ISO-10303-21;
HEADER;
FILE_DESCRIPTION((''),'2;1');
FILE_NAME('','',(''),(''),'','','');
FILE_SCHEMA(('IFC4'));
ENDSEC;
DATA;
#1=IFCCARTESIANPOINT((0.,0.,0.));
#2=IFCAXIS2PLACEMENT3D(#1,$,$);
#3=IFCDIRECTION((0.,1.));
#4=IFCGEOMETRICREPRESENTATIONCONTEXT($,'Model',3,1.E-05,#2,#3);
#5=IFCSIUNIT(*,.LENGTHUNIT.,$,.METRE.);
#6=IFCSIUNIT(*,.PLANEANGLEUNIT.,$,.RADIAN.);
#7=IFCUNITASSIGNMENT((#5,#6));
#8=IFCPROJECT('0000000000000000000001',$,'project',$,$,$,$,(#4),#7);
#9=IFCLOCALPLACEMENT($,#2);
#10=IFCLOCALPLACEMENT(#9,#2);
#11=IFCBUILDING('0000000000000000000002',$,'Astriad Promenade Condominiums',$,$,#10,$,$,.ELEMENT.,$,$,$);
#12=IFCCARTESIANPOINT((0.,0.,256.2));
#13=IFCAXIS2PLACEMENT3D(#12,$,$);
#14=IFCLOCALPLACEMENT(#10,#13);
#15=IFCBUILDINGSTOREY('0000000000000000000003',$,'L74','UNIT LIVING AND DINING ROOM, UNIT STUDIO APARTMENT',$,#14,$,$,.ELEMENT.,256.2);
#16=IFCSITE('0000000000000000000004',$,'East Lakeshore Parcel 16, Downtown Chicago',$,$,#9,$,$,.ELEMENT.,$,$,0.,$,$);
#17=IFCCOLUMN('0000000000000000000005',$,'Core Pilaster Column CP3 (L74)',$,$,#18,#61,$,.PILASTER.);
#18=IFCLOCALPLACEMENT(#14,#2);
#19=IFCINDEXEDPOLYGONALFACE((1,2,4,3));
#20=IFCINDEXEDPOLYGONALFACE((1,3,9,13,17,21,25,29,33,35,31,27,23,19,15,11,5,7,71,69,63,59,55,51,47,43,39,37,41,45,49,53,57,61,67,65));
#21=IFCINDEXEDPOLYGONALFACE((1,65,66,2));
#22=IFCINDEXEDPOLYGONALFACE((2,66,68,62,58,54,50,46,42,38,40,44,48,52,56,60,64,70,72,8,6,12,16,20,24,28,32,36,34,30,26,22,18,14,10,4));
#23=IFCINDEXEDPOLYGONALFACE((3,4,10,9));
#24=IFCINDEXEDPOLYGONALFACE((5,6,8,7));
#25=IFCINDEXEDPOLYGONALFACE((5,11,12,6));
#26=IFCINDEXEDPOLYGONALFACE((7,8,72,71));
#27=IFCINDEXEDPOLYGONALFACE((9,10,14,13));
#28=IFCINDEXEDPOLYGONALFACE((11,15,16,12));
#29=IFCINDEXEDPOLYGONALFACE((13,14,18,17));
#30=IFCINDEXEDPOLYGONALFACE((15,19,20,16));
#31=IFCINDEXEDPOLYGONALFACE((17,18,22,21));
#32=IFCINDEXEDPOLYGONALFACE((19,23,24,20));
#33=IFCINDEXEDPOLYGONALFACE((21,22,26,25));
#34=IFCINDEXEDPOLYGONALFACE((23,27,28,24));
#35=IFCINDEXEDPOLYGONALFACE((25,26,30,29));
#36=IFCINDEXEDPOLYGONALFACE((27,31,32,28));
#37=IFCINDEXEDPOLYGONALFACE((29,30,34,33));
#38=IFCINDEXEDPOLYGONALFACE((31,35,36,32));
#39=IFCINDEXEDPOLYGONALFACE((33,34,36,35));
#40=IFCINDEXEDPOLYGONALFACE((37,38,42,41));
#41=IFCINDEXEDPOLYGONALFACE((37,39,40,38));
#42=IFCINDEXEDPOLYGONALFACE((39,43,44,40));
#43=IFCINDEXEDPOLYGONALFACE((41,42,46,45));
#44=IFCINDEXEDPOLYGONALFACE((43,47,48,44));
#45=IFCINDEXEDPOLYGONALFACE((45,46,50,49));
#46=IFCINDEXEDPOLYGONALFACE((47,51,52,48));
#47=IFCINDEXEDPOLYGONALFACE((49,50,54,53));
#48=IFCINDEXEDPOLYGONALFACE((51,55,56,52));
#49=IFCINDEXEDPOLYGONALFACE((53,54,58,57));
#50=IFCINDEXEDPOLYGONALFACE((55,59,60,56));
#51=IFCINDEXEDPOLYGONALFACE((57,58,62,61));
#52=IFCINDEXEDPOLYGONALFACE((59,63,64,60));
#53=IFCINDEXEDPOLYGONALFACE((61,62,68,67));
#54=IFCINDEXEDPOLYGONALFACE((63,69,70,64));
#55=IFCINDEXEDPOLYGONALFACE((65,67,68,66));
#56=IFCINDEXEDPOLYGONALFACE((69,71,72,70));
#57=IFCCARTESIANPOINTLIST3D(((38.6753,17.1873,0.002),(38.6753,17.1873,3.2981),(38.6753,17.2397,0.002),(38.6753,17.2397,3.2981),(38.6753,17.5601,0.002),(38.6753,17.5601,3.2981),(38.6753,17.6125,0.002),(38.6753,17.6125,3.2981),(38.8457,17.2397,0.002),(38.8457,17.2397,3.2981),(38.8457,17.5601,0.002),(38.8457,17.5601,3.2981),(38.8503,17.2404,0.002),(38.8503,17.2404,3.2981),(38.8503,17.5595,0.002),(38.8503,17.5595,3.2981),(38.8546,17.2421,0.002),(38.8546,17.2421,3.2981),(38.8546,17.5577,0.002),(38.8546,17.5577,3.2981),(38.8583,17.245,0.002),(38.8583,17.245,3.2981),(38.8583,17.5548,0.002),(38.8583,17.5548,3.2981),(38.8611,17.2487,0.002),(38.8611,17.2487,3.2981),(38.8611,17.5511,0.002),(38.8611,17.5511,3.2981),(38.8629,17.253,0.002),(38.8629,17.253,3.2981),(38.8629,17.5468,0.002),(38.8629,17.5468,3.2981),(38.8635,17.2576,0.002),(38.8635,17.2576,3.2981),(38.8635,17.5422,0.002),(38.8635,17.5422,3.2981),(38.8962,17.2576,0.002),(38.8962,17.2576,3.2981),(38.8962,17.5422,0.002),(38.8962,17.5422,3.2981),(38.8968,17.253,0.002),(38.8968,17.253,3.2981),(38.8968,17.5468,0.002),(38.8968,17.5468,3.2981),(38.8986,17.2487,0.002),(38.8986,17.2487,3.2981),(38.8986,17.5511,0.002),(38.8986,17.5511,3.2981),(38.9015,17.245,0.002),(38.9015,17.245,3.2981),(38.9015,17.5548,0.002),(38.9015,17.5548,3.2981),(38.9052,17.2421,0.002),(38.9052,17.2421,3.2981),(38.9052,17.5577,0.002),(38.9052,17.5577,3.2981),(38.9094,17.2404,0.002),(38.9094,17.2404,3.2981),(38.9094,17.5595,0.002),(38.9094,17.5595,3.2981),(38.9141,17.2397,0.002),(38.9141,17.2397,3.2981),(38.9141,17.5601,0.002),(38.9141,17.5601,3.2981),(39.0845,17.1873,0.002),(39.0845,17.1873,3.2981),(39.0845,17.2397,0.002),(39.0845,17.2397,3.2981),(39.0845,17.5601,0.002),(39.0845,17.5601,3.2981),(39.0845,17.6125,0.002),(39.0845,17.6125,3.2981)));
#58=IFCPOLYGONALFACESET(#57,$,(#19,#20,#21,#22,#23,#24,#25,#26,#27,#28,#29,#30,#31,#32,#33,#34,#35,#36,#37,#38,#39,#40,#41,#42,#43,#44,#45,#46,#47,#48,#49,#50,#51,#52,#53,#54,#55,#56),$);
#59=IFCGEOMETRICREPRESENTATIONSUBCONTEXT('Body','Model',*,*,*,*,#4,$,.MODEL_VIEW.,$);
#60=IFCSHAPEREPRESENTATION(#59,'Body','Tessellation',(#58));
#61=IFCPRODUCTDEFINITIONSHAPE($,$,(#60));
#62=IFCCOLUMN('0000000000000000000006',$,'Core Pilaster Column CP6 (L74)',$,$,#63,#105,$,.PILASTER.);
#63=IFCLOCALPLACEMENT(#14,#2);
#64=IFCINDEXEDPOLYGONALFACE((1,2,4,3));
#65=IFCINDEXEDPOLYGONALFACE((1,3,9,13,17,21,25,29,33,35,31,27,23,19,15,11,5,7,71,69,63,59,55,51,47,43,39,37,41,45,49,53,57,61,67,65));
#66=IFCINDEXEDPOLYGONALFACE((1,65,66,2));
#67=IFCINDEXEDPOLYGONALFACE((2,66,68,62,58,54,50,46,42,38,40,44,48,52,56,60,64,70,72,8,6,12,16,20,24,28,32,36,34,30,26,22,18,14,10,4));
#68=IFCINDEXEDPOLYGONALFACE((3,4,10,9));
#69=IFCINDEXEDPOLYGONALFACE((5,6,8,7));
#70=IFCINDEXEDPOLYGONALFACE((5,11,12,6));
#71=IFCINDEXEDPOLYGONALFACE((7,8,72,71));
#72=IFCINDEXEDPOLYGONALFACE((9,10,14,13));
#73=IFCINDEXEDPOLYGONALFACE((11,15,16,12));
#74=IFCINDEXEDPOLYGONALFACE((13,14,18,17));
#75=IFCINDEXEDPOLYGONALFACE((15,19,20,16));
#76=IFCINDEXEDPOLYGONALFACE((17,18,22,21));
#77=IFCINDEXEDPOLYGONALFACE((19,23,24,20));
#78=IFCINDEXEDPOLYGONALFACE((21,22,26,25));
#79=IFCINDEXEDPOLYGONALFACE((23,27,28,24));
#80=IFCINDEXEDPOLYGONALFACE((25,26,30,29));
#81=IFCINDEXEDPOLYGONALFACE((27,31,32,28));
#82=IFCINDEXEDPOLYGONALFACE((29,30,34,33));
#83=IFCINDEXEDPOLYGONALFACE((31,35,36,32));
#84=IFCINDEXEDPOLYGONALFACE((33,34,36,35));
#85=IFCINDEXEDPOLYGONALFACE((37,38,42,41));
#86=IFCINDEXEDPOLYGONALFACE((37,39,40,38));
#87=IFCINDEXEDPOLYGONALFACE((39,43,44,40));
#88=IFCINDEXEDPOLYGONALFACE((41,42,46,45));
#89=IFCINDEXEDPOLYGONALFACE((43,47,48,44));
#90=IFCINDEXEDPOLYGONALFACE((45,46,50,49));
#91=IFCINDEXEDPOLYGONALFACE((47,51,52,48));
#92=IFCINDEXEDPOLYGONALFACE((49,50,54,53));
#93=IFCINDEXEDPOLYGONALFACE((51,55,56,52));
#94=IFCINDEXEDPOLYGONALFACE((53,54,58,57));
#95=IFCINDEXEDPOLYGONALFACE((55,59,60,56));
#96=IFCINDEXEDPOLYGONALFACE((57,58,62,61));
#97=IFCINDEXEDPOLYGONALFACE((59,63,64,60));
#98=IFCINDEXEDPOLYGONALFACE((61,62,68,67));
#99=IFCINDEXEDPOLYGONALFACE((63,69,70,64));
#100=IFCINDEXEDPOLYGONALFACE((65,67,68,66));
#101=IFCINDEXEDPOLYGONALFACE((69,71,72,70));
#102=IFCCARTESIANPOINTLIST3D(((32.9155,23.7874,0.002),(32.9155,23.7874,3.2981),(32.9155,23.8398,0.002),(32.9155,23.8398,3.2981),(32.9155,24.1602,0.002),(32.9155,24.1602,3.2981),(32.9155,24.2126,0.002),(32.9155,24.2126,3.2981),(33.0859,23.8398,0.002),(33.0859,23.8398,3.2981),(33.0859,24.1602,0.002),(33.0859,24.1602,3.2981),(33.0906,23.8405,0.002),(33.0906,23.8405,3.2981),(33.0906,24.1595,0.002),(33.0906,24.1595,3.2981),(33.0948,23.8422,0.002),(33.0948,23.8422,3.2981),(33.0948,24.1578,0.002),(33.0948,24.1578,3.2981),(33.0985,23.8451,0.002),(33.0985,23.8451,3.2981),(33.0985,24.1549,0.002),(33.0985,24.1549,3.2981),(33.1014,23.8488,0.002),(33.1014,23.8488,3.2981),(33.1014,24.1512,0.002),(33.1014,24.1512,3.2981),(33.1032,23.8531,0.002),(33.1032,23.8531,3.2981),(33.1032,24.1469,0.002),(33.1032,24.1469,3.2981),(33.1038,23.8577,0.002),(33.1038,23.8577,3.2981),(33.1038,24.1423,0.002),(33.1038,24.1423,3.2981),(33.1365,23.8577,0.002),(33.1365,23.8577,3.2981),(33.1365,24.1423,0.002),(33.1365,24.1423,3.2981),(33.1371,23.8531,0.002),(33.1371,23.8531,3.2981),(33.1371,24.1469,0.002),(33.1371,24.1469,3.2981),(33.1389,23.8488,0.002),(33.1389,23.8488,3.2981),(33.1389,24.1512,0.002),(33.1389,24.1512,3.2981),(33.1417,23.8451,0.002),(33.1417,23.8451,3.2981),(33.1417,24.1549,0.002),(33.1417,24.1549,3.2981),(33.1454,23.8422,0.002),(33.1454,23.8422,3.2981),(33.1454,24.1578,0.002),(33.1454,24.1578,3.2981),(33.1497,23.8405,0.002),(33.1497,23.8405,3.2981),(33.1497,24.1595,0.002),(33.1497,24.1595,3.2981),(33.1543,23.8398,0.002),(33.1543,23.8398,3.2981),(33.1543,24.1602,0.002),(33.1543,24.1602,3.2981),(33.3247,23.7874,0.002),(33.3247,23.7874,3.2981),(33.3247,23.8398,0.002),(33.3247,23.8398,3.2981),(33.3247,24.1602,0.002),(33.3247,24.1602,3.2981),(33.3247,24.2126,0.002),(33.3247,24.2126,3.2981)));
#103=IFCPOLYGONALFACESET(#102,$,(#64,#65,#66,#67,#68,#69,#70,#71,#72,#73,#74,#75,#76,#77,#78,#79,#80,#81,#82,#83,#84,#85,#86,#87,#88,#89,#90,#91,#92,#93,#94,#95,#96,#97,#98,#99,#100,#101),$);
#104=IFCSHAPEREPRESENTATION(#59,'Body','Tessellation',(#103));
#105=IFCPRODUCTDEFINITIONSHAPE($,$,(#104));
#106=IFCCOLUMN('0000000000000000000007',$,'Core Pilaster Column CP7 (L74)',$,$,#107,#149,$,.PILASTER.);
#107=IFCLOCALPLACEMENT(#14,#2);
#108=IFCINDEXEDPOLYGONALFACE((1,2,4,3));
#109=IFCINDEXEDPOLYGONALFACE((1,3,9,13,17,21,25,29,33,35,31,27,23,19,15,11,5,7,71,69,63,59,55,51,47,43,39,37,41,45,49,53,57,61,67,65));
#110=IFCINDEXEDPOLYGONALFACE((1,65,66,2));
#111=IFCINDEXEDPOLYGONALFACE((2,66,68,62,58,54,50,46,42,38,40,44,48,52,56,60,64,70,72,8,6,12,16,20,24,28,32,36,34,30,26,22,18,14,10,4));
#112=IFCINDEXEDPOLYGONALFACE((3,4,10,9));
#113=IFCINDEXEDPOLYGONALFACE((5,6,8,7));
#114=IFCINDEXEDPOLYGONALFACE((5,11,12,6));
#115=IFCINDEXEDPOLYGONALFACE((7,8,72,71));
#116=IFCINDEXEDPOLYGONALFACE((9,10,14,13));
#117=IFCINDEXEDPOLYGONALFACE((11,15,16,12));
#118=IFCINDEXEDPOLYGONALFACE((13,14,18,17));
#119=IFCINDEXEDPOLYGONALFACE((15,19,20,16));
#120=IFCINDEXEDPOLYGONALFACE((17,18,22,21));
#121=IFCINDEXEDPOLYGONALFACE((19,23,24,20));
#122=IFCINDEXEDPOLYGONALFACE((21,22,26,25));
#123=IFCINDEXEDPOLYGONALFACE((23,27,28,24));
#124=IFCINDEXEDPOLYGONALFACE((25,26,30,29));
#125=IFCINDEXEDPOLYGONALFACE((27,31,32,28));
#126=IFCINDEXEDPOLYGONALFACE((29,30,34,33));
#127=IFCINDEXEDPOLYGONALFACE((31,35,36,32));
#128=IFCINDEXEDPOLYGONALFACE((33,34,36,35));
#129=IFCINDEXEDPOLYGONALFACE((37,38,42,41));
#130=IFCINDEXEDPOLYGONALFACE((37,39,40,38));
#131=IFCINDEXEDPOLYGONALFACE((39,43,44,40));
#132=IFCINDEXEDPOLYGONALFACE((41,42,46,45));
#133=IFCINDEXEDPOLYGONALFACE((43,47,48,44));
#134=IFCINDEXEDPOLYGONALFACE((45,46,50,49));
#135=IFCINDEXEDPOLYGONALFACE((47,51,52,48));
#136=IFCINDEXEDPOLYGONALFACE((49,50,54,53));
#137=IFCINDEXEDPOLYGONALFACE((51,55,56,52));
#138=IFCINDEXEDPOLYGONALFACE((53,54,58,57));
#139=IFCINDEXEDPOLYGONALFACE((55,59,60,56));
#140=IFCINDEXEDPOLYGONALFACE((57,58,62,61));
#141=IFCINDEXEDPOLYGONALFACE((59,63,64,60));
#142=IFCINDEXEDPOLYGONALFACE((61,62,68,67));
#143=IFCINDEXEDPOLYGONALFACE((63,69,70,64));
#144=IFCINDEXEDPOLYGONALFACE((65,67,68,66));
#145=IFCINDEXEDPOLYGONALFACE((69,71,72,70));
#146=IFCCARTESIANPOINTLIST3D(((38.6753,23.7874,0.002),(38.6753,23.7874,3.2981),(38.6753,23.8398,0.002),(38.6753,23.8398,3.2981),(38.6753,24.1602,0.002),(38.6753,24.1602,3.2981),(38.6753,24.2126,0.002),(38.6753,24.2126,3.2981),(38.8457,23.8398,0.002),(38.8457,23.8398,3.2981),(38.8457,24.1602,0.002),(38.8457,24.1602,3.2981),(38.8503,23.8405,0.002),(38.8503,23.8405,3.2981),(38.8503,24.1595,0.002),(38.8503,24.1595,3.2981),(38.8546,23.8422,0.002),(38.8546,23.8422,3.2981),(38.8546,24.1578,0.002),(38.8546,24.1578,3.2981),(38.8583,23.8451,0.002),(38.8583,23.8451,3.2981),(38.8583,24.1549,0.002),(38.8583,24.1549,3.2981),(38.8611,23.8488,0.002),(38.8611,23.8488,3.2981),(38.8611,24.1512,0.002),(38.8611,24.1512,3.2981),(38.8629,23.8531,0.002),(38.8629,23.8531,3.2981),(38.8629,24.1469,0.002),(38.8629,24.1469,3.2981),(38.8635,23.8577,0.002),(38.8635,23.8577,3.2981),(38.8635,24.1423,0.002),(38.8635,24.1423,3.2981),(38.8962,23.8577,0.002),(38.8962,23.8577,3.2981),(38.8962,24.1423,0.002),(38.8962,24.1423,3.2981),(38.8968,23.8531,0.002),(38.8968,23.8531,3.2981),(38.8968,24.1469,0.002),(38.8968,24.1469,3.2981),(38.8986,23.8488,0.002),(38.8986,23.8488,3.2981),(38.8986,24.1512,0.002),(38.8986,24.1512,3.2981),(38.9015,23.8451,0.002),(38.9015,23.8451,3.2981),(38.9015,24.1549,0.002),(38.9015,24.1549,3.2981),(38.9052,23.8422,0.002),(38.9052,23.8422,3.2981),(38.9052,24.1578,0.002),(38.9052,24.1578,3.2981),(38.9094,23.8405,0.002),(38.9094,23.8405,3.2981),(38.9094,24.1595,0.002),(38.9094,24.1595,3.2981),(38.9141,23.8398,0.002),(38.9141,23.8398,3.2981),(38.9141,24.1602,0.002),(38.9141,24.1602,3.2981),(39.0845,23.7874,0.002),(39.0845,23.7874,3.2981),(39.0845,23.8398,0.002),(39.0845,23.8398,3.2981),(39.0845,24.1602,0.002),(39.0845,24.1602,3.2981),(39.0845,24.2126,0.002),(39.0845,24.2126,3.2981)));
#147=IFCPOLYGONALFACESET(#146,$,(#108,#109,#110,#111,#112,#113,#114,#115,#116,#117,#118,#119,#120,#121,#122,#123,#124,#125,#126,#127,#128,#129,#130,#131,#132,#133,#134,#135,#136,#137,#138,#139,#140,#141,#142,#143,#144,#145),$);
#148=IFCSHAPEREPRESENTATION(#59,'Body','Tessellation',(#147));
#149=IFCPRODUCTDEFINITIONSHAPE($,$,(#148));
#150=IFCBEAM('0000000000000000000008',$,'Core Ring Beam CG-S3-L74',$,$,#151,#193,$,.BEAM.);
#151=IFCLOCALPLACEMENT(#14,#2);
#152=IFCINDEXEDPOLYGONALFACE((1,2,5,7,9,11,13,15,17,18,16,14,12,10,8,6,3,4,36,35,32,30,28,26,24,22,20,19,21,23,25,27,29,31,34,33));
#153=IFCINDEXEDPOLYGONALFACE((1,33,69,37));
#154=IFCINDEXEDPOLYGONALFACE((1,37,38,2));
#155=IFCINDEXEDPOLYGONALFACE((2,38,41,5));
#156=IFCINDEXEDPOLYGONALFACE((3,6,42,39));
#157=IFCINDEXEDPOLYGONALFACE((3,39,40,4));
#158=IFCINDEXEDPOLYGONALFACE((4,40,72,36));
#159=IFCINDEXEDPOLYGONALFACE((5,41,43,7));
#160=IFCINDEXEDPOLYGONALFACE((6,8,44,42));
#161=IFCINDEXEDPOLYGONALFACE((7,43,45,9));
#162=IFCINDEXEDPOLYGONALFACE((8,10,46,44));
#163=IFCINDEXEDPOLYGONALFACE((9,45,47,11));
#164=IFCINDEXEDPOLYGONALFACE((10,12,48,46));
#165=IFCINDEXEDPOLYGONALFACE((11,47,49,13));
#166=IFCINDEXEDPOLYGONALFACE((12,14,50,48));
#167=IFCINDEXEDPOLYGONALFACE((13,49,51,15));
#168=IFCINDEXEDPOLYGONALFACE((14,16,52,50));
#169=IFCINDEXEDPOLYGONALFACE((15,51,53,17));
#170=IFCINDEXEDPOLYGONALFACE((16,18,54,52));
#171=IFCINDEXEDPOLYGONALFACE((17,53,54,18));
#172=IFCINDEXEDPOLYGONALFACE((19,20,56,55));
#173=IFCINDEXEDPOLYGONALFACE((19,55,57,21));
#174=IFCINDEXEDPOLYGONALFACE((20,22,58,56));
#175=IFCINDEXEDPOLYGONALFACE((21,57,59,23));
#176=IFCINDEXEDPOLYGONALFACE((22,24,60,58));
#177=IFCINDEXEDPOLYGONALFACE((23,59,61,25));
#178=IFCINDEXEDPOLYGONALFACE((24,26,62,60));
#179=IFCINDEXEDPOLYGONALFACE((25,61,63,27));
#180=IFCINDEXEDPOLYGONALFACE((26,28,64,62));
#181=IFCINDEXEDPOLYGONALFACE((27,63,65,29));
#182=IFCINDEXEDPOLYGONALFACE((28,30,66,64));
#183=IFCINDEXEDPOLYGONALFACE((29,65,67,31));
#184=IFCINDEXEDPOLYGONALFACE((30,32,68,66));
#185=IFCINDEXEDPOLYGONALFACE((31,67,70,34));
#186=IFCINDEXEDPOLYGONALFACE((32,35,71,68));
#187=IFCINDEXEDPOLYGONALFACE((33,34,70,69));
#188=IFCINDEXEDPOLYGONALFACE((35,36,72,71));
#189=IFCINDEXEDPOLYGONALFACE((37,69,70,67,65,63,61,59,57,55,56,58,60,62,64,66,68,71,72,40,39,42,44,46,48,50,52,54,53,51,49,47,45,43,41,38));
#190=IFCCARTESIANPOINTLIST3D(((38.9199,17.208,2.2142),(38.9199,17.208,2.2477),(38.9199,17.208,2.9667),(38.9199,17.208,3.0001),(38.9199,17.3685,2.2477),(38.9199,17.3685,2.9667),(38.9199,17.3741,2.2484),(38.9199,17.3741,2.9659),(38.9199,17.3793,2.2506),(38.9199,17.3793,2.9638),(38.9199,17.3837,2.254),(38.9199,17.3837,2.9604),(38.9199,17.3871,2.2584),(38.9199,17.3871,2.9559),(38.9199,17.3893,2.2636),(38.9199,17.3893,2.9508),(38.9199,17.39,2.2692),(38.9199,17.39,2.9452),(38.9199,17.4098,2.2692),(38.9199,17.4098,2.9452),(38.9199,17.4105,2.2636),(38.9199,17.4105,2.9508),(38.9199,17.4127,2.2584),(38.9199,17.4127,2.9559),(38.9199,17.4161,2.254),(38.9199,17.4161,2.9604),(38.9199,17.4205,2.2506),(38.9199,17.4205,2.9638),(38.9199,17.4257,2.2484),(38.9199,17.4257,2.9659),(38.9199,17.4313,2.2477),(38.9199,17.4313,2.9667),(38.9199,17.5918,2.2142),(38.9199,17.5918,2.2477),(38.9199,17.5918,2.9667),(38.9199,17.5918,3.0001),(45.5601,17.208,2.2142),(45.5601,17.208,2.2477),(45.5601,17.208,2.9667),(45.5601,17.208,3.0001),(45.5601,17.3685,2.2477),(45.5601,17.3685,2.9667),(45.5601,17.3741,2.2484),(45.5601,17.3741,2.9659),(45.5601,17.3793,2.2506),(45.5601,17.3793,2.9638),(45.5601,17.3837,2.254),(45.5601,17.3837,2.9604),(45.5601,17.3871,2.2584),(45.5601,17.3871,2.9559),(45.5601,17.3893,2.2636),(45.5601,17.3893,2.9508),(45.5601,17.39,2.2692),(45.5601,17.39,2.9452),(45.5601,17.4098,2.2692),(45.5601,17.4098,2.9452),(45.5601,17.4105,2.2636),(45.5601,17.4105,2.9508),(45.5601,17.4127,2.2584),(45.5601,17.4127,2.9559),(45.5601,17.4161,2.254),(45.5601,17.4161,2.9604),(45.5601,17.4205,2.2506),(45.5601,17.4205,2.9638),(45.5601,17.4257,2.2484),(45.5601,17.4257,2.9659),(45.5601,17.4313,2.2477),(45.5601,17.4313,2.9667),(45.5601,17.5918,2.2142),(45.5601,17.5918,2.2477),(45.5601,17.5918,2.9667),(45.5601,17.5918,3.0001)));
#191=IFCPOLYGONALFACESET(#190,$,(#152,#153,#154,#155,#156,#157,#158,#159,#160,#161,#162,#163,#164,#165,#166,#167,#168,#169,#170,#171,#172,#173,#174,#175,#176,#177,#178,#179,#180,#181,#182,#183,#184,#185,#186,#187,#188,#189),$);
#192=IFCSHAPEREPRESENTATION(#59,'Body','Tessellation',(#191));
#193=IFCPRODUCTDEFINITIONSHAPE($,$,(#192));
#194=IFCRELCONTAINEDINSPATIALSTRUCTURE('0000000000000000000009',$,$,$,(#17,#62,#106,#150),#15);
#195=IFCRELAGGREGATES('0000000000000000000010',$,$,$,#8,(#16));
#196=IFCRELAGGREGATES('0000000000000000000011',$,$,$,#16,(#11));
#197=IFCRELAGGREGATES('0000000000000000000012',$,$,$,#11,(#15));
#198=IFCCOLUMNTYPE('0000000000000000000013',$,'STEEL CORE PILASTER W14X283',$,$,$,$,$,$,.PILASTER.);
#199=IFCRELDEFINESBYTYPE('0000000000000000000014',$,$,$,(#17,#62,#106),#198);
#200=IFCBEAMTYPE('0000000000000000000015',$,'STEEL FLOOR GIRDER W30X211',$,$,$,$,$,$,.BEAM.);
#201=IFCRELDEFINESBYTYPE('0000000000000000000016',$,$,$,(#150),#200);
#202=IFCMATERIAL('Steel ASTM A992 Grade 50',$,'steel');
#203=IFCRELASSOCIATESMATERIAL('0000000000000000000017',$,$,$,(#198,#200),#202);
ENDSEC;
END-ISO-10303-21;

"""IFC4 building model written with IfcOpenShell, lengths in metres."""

from ifc_helpers import new_model, si_unit, direction, frame, origin, origin_2d, place, context, subcontext, project, spatial, i_section, extrude, source, transform, mapped, material, material_profile, profile_set, type_object, type_shapes, element, save


model = new_model("IFC4")

# Units and contexts
model_context = context("Model", 3, precision=1e-05, world=origin(), true_north=direction((0.0, 1.0)))
body_context = subcontext(model_context, "Body", "Model", "MODEL_VIEW")
ifc_project = project(units=[si_unit("LENGTHUNIT", "METRE"), si_unit("PLANEANGLEUNIT", "RADIAN")], contexts=[model_context])

# Site, building, storey
site_placement = place(None, origin())
site = spatial("IfcSite", under=ifc_project, at=site_placement, Name="East Lakeshore Parcel 16, Downtown Chicago", CompositionType="ELEMENT", RefElevation=0.0)
building_placement = place(site_placement, origin())
building = spatial("IfcBuilding", under=site, at=building_placement, Name="Astriad Promenade Condominiums", CompositionType="ELEMENT")
storey_placement = place(building_placement, frame((0.0, 0.0, 256.2)))
storey = spatial("IfcBuildingStorey", under=building, at=storey_placement, Name="L74", Description="UNIT LIVING AND DINING ROOM, UNIT STUDIO APARTMENT", CompositionType="ELEMENT", Elevation=256.2)

# Columns
ifc_material_1 = material(Name="Steel ASTM A992 Grade 50", Category="steel")
ifc_material_profile_1 = material_profile(ifc_material_1, i_section(OverallWidth=0.4092, OverallDepth=0.4253, WebThickness=0.0327, FlangeThickness=0.0525, FilletRadius=0.0178, at=origin_2d()), Name="W14X283")
ifc_profile_set_1 = profile_set([ifc_material_profile_1], Name="Steel ASTM A992 Grade 50")
column_type = type_object("IfcColumnType", Name="STEEL CORE PILASTER W14X283", PredefinedType="PILASTER", material=ifc_profile_set_1)
shared_shape_1 = source(origin(), body_context, "Body", "SweptSolid", [
    extrude(i_section(OverallWidth=0.4092, OverallDepth=0.4253, WebThickness=0.0327, FlangeThickness=0.0525, FilletRadius=0.0178, at=origin_2d()), origin(), (0.0, 0.0, 1.0), 3.2961),
])
type_shapes(column_type, [shared_shape_1])
for number, where, z_axis, x_axis, name in (
    (1, (38.8799, 17.3999, 0.002), (0.0, 0.0, 1.0), (1.0, 0.0, 0.0), "Core Pilaster Column CP3 (L74)"),
    (2, (33.1201, 24.0, 0.002), (0.0, 0.0, 1.0), (1.0, 0.0, 0.0), "Core Pilaster Column CP6 (L74)"),
    (3, (38.8799, 24.0, 0.002), (0.0, 0.0, 1.0), (1.0, 0.0, 0.0), "Core Pilaster Column CP7 (L74)"),
):
    element("IfcColumn", number, at=place(storey_placement, frame(where, z_axis=z_axis, x_axis=x_axis)), inside=storey, type_object=column_type, Name=name, PredefinedType="PILASTER", context=body_context, shape_type="MappedRepresentation", body=[
        mapped(shared_shape_1, transform((0.0, 0.0, 0.0), scale=1.0)),
    ])

# Beam
ifc_material_profile_2 = material_profile(ifc_material_1, i_section(OverallWidth=0.3838, OverallDepth=0.7859, WebThickness=0.0198, FlangeThickness=0.0334, FilletRadius=0.0215, at=origin_2d()), Name="W30X211")
ifc_profile_set_2 = profile_set([ifc_material_profile_2], Name="Steel ASTM A992 Grade 50")
beam_type_1 = type_object("IfcBeamType", Name="STEEL FLOOR GIRDER W30X211", PredefinedType="BEAM", material=ifc_profile_set_2)
shared_shape_2 = source(origin(), body_context, "Body", "SweptSolid", [
    extrude(i_section(OverallWidth=0.3838, OverallDepth=0.7859, WebThickness=0.0198, FlangeThickness=0.0334, FilletRadius=0.0215, at=origin_2d()), origin(), (0.0, 0.0, 1.0), 6.6401),
])
type_shapes(beam_type_1, [shared_shape_2])
beam_1_placement = place(storey_placement, frame((38.9199, 17.3999, 2.6072), z_axis=(1.0, 0.0, 0.0), x_axis=(0.0, 1.0, 0.0)))
element("IfcBeam", 4, at=beam_1_placement, inside=storey, type_object=beam_type_1, Name="Core Ring Beam CG-S3-L74", PredefinedType="BEAM", context=body_context, shape_type="MappedRepresentation", body=[
    mapped(shared_shape_2, transform((0.0, 0.0, 0.0), scale=1.0)),
])

save(model, "model.ifc")
